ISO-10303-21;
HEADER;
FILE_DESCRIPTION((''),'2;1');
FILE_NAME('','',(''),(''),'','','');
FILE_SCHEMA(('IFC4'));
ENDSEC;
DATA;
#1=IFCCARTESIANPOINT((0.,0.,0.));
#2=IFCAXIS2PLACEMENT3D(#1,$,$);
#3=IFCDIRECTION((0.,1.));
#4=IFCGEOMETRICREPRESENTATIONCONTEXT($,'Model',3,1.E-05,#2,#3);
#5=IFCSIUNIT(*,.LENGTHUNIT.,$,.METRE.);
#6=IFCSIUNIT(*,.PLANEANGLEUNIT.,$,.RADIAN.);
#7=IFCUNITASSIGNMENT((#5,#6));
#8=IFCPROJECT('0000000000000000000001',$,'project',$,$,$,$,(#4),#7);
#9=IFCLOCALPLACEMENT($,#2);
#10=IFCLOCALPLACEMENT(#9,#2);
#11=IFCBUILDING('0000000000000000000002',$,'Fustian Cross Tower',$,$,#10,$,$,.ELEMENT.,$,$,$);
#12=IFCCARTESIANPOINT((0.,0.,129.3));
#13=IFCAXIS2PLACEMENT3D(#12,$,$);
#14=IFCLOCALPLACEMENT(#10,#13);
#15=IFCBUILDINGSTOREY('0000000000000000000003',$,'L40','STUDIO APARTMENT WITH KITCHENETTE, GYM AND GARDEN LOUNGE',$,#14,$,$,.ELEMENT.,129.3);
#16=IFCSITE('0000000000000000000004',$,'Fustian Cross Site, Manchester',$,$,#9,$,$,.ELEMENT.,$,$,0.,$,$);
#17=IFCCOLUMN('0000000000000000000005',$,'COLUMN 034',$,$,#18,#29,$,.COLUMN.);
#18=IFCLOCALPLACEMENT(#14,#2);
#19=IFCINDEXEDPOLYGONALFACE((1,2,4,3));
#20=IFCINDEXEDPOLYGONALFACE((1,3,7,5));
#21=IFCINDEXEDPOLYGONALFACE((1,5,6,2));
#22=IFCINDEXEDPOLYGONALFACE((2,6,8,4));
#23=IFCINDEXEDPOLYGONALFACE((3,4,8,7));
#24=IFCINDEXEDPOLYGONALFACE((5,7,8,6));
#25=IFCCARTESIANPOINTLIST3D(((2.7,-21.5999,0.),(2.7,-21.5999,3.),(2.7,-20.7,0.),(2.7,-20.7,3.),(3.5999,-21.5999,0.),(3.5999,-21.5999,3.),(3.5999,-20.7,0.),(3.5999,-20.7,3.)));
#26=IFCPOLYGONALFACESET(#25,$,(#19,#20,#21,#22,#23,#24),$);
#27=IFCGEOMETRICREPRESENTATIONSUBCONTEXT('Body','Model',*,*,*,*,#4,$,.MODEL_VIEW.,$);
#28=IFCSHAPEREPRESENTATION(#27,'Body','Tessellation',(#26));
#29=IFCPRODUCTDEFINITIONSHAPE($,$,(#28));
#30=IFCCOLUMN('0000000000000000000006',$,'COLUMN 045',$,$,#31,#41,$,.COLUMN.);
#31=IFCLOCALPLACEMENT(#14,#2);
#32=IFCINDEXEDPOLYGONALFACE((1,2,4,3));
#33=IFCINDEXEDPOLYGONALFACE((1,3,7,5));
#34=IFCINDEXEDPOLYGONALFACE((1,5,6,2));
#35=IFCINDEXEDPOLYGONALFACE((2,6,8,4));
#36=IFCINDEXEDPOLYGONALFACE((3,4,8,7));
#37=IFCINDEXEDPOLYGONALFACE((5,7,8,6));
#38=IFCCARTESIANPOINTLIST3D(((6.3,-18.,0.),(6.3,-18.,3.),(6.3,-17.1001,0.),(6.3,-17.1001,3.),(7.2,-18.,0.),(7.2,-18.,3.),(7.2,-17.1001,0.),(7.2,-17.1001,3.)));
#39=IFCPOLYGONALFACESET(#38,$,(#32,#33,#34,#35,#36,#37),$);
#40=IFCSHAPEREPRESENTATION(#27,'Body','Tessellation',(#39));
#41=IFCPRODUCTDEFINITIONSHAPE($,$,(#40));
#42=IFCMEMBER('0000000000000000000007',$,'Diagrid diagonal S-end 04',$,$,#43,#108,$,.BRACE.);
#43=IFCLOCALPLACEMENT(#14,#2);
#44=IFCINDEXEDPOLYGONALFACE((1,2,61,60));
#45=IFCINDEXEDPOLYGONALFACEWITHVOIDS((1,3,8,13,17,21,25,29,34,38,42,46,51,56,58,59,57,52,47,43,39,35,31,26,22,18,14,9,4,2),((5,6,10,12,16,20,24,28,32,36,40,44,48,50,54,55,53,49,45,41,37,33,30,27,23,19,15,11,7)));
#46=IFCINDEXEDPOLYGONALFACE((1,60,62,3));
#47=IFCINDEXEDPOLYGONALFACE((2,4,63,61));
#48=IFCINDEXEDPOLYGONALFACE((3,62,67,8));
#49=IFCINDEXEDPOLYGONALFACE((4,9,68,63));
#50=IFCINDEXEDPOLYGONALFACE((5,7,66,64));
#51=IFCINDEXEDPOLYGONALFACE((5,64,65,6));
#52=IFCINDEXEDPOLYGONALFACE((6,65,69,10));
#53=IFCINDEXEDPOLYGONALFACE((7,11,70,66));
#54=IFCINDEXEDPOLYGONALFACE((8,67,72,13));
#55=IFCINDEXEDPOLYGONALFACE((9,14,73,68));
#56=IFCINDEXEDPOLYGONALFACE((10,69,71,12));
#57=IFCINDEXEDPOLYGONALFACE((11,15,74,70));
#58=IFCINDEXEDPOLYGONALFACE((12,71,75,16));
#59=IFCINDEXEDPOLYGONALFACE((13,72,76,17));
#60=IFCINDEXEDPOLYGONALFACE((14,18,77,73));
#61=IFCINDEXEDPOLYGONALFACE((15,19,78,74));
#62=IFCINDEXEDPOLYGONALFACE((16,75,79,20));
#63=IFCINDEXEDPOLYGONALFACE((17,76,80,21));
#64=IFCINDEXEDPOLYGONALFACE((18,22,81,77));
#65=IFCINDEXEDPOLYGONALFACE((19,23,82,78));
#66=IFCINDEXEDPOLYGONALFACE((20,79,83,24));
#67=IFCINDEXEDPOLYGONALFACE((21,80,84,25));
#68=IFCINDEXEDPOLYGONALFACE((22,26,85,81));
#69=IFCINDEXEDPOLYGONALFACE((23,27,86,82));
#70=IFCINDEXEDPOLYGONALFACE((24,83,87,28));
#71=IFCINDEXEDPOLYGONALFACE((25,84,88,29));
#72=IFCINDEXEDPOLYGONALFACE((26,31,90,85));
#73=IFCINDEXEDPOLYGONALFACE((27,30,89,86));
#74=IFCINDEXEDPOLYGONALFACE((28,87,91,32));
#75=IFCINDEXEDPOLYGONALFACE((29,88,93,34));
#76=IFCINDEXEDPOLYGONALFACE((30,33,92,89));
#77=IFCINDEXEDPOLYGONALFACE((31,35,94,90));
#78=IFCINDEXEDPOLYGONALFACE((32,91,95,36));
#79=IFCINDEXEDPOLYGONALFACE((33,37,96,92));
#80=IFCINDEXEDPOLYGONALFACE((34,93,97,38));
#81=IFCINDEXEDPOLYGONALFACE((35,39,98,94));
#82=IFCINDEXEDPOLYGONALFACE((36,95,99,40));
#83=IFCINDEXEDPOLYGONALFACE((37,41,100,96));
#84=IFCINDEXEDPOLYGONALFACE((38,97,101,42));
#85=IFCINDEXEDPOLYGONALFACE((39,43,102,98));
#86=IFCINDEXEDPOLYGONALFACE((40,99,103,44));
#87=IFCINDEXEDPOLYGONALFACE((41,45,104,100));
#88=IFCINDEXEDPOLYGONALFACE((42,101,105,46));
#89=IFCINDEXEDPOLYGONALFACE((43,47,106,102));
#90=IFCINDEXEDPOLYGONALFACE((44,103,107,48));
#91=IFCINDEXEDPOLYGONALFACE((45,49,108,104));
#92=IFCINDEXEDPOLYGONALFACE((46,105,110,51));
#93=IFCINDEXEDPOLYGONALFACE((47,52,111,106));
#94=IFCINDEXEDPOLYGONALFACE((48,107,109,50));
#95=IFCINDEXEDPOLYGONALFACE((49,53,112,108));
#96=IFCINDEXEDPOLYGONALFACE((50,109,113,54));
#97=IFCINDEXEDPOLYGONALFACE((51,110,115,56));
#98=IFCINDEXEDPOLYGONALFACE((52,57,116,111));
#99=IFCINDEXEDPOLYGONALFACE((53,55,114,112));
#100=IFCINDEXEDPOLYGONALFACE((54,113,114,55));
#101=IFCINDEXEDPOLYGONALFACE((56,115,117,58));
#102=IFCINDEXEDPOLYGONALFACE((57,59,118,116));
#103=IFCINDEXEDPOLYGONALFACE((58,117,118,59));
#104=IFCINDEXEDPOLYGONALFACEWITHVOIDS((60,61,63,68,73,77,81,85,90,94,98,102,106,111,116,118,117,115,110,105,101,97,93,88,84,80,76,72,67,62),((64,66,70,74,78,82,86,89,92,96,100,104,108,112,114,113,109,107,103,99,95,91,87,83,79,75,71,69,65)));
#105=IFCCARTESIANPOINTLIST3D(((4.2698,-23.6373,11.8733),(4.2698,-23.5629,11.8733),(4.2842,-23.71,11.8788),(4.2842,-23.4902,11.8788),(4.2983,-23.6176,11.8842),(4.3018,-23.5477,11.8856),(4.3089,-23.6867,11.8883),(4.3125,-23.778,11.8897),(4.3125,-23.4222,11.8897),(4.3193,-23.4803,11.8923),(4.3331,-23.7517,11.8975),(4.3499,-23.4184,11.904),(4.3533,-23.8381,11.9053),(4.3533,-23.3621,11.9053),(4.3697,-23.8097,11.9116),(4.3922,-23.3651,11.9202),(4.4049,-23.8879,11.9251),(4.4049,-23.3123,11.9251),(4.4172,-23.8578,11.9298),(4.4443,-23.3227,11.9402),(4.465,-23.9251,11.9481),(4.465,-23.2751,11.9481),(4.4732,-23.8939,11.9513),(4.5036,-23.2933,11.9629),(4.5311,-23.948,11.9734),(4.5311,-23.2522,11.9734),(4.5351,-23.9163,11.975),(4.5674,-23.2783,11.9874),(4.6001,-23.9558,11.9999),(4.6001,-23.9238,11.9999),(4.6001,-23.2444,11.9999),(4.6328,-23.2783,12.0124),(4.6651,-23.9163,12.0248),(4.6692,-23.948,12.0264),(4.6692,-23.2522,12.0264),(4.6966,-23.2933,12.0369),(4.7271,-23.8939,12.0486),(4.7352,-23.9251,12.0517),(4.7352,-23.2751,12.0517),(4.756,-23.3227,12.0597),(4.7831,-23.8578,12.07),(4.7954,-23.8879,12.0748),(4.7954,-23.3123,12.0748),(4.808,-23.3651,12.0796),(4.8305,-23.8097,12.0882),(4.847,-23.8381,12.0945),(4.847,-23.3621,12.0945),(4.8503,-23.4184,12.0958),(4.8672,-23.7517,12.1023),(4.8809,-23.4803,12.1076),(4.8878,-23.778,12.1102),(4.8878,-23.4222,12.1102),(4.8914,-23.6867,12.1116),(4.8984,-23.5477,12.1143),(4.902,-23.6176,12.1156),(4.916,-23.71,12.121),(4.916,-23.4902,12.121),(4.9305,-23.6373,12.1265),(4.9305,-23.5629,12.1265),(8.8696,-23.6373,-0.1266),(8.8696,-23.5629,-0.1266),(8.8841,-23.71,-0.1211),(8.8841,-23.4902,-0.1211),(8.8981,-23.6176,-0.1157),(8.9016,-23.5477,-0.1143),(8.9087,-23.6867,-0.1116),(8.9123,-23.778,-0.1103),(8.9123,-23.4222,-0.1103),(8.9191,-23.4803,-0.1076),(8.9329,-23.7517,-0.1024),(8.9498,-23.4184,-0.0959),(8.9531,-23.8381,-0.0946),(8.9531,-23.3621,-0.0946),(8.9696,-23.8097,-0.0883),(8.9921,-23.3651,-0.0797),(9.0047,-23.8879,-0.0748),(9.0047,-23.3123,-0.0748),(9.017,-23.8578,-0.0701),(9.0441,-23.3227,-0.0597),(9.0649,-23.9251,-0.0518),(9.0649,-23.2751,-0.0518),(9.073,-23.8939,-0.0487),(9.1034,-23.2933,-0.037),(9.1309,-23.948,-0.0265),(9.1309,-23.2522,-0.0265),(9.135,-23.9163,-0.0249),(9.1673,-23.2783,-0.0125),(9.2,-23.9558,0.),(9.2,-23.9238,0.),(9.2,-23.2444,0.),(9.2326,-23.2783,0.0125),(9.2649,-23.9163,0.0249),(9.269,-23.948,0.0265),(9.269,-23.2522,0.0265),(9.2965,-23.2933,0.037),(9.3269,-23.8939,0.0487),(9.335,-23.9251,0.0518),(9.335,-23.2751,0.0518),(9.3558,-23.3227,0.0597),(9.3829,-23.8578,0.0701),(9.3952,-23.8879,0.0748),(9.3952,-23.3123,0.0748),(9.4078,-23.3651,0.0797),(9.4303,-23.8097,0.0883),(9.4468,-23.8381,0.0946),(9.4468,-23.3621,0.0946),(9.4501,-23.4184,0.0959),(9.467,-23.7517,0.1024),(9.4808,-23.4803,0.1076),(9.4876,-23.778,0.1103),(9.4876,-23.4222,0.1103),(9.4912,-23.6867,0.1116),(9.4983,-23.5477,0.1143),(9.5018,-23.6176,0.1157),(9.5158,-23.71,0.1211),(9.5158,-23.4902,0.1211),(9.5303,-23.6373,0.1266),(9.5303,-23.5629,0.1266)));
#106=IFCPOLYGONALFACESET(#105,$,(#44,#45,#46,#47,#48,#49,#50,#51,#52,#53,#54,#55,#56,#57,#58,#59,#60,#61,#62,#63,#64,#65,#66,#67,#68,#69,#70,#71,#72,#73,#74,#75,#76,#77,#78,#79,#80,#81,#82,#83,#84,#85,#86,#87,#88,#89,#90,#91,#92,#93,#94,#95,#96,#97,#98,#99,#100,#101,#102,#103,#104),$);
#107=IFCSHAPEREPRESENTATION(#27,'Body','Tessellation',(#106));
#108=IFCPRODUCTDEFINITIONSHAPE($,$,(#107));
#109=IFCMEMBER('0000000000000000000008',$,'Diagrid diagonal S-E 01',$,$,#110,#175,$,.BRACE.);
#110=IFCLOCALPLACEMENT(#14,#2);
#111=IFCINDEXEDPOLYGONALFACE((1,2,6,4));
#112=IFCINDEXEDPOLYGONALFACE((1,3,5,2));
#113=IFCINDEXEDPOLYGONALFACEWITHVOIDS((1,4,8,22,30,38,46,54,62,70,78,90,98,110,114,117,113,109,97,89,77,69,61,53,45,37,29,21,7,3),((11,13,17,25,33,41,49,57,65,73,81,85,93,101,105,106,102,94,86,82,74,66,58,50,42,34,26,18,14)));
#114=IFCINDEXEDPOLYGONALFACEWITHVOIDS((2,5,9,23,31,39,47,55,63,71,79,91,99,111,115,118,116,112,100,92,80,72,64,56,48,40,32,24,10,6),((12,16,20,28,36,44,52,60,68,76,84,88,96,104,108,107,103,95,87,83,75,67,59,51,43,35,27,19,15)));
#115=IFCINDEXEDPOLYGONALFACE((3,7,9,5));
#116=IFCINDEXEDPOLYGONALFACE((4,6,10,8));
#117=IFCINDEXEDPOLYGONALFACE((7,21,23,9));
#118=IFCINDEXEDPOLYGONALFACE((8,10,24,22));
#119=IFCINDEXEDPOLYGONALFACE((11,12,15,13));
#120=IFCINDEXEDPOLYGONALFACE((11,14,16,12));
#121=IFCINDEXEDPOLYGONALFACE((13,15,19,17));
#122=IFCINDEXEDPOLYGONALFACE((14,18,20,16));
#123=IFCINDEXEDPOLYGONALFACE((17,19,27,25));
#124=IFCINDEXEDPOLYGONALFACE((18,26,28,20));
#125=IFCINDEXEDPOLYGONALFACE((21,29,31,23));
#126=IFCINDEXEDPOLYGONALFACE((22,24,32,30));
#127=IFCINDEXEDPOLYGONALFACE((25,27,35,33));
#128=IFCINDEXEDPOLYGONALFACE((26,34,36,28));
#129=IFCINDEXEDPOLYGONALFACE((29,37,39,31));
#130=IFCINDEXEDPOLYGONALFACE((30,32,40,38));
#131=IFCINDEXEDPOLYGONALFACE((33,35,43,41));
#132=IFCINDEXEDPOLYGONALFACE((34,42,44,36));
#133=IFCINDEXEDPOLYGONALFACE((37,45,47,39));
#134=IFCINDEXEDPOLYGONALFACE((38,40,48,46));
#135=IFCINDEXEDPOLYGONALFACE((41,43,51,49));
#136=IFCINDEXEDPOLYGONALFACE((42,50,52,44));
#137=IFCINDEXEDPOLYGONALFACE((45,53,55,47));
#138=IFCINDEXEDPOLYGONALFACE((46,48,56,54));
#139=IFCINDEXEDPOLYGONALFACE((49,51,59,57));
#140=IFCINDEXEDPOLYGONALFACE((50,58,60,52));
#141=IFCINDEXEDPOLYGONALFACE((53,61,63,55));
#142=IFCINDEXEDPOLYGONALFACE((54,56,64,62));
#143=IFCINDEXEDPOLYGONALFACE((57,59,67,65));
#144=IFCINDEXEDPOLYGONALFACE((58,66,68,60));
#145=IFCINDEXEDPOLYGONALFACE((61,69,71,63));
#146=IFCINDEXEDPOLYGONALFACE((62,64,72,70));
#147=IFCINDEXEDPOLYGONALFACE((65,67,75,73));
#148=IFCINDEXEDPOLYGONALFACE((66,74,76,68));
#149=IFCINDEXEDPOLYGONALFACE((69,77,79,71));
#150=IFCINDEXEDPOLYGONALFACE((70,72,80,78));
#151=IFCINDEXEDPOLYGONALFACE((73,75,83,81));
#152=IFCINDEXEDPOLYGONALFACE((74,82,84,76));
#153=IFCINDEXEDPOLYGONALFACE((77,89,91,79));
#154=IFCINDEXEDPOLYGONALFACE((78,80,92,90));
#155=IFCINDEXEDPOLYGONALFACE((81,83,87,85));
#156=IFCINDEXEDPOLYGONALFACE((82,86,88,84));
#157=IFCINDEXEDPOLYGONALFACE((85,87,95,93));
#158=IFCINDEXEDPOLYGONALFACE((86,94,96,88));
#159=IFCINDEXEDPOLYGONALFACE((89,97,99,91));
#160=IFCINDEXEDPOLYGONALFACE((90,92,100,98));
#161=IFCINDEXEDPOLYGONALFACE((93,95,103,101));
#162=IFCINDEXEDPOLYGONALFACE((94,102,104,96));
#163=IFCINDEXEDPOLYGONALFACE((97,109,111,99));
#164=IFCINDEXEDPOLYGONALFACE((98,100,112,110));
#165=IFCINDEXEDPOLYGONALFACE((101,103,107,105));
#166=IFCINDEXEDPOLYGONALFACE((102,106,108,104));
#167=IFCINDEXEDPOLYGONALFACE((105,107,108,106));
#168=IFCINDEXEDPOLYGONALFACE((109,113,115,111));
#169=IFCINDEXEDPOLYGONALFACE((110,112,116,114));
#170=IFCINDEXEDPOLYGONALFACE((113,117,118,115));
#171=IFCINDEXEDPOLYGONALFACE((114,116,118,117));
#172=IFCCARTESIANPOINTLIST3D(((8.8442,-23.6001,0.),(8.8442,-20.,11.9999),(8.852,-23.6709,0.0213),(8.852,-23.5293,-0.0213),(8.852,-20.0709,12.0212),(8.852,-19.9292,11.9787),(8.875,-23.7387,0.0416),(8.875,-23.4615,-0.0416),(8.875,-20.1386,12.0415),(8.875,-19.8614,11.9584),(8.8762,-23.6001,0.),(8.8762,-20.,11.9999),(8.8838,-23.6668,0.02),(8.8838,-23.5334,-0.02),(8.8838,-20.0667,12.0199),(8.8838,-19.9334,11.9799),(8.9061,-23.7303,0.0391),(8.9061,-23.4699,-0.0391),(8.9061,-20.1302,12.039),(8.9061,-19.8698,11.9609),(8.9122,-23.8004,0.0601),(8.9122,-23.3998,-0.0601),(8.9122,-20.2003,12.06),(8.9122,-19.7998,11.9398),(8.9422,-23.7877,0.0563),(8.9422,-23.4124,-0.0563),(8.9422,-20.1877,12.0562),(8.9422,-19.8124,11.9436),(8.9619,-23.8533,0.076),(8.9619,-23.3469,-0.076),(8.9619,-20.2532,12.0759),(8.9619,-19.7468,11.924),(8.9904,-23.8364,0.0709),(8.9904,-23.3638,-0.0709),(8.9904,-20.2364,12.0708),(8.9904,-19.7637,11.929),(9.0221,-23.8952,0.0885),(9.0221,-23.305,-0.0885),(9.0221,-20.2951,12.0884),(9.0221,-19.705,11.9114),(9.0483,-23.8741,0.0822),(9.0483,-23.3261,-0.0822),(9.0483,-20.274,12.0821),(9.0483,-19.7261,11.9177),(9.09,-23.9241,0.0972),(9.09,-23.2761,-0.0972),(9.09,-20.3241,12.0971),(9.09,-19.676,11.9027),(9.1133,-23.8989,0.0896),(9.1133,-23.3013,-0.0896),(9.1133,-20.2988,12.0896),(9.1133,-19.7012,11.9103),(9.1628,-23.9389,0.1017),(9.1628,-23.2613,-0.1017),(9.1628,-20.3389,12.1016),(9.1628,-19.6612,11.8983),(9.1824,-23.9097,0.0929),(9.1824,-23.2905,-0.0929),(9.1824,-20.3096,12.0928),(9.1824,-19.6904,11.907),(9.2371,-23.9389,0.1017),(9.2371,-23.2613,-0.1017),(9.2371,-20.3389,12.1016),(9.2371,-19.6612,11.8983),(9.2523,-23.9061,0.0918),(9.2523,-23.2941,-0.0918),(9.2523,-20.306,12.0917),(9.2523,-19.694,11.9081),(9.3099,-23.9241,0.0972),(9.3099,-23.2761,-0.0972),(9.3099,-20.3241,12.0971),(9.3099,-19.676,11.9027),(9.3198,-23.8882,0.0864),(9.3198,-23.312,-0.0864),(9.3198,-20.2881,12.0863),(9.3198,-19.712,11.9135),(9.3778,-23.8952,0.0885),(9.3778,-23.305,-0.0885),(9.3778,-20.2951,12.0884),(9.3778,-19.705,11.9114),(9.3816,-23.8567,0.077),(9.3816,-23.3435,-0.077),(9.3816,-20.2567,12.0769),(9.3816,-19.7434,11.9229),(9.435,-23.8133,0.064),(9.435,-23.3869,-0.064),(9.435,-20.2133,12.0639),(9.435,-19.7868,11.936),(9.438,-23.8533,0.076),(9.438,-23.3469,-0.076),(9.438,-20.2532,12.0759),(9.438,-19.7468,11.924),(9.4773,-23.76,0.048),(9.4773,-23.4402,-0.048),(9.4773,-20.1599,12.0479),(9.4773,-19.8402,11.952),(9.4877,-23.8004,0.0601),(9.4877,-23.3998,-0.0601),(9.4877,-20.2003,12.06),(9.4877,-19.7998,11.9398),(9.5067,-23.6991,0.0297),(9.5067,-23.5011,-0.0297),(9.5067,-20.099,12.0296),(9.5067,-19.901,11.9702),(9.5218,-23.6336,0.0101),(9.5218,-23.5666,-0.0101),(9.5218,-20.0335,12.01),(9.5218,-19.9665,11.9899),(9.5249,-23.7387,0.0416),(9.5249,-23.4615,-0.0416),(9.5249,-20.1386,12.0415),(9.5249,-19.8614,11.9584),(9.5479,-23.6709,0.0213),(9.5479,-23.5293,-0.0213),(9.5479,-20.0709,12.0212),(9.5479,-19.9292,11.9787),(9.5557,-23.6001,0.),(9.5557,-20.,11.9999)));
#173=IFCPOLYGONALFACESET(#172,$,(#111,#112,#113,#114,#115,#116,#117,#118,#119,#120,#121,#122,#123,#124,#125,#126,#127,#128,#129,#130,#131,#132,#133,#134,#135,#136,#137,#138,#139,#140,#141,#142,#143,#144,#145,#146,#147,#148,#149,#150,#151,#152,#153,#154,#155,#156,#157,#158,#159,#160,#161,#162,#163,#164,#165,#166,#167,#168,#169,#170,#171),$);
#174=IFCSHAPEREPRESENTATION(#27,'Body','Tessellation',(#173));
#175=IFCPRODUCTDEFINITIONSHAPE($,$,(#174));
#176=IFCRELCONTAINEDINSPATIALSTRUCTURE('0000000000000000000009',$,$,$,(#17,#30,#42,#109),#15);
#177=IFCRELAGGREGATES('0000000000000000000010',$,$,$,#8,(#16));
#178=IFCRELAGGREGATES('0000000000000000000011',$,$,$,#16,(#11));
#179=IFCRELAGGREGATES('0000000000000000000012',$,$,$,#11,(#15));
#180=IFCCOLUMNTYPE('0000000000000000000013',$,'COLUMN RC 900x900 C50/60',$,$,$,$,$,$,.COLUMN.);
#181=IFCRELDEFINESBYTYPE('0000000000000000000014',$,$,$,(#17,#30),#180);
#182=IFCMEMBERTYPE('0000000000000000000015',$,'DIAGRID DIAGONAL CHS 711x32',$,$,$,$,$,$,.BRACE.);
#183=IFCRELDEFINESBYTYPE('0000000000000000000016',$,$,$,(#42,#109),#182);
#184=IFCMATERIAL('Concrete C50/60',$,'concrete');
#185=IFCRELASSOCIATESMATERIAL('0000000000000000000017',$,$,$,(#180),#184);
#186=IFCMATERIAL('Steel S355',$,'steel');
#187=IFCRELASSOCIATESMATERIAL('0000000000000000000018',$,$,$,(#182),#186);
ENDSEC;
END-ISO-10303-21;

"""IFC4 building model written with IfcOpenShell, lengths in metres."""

from ifc_helpers import new_model, si_unit, direction, frame, origin, origin_2d, place, context, subcontext, project, spatial, rectangle, hollow_circle, extrude, material, material_profile, profile_set, type_object, element, save


model = new_model("IFC4")

# Units and contexts
model_context = context("Model", 3, precision=1e-05, world=origin(), true_north=direction((0.0, 1.0)))
body_context = subcontext(model_context, "Body", "Model", "MODEL_VIEW")
ifc_project = project(units=[si_unit("LENGTHUNIT", "METRE"), si_unit("PLANEANGLEUNIT", "RADIAN")], contexts=[model_context])

# Site, building, storey
site_placement = place(None, origin())
site = spatial("IfcSite", under=ifc_project, at=site_placement, Name="Fustian Cross Site, Manchester", CompositionType="ELEMENT", RefElevation=0.0)
building_placement = place(site_placement, origin())
building = spatial("IfcBuilding", under=site, at=building_placement, Name="Fustian Cross Tower", CompositionType="ELEMENT")
storey_placement = place(building_placement, frame((0.0, 0.0, 129.3)))
storey = spatial("IfcBuildingStorey", under=building, at=storey_placement, Name="L40", Description="STUDIO APARTMENT WITH KITCHENETTE, GYM AND GARDEN LOUNGE", CompositionType="ELEMENT", Elevation=129.3)

# Columns
ifc_material_1 = material(Name="Concrete C50/60", Category="concrete")
ifc_material_profile_1 = material_profile(ifc_material_1, rectangle(XDim=0.8999, YDim=0.8999, at=origin_2d()), Name="RC 900x900")
ifc_profile_set_1 = profile_set([ifc_material_profile_1], Name="Concrete C50/60")
column_type = type_object("IfcColumnType", Name="COLUMN RC 900x900 C50/60", PredefinedType="COLUMN", material=ifc_profile_set_1)
for number, where, z_axis, x_axis, name in (
    (1, (3.1499, -21.1499, 0.0), (0.0, 0.0, 1.0), (1.0, 0.0, 0.0), "COLUMN 034"),
    (2, (6.75, -17.55, 0.0), (0.0, 0.0, 1.0), (1.0, 0.0, 0.0), "COLUMN 045"),
):
    element("IfcColumn", number, at=place(storey_placement, frame(where, z_axis=z_axis, x_axis=x_axis)), inside=storey, type_object=column_type, Name=name, PredefinedType="COLUMN", context=body_context, shape_type="SweptSolid", body=[
        extrude(rectangle(XDim=0.8999, YDim=0.8999, at=origin_2d()), origin(), (0.0, 0.0, 1.0), 3.0),
    ])

# Members
ifc_material_2 = material(Name="Steel S355", Category="steel")
ifc_material_profile_2 = material_profile(ifc_material_2, hollow_circle(Radius=0.3557, WallThickness=0.032, at=origin_2d()), Name="CHS 711x32")
ifc_profile_set_2 = profile_set([ifc_material_profile_2], Name="Steel S355")
member_type = type_object("IfcMemberType", Name="DIAGRID DIAGONAL CHS 711x32", PredefinedType="BRACE", material=ifc_profile_set_2)
member_1_placement = place(storey_placement, frame((9.2, -23.6001, 0.0), z_axis=(-0.357926, 0.0, 0.93375), x_axis=(0.0, -1.0, 0.0)))
element("IfcMember", 3, at=member_1_placement, inside=storey, type_object=member_type, Name="Diagrid diagonal S-end 04", PredefinedType="BRACE", context=body_context, shape_type="SweptSolid", body=[
    extrude(hollow_circle(Radius=0.3557, WallThickness=0.032, at=origin_2d()), origin(), (0.0, 0.0, 1.0), 12.8513),
])
member_2_placement = place(storey_placement, frame((9.2, -23.6001, 0.0), z_axis=(0.0, 0.287355, 0.957824), x_axis=(-1.0, 0.0, 0.0)))
element("IfcMember", 4, at=member_2_placement, inside=storey, type_object=member_type, Name="Diagrid diagonal S-E 01", PredefinedType="BRACE", context=body_context, shape_type="SweptSolid", body=[
    extrude(hollow_circle(Radius=0.3557, WallThickness=0.032, at=origin_2d()), origin(), (0.0, 0.0, 1.0), 12.5283),
])

save(model, "model.ifc")
